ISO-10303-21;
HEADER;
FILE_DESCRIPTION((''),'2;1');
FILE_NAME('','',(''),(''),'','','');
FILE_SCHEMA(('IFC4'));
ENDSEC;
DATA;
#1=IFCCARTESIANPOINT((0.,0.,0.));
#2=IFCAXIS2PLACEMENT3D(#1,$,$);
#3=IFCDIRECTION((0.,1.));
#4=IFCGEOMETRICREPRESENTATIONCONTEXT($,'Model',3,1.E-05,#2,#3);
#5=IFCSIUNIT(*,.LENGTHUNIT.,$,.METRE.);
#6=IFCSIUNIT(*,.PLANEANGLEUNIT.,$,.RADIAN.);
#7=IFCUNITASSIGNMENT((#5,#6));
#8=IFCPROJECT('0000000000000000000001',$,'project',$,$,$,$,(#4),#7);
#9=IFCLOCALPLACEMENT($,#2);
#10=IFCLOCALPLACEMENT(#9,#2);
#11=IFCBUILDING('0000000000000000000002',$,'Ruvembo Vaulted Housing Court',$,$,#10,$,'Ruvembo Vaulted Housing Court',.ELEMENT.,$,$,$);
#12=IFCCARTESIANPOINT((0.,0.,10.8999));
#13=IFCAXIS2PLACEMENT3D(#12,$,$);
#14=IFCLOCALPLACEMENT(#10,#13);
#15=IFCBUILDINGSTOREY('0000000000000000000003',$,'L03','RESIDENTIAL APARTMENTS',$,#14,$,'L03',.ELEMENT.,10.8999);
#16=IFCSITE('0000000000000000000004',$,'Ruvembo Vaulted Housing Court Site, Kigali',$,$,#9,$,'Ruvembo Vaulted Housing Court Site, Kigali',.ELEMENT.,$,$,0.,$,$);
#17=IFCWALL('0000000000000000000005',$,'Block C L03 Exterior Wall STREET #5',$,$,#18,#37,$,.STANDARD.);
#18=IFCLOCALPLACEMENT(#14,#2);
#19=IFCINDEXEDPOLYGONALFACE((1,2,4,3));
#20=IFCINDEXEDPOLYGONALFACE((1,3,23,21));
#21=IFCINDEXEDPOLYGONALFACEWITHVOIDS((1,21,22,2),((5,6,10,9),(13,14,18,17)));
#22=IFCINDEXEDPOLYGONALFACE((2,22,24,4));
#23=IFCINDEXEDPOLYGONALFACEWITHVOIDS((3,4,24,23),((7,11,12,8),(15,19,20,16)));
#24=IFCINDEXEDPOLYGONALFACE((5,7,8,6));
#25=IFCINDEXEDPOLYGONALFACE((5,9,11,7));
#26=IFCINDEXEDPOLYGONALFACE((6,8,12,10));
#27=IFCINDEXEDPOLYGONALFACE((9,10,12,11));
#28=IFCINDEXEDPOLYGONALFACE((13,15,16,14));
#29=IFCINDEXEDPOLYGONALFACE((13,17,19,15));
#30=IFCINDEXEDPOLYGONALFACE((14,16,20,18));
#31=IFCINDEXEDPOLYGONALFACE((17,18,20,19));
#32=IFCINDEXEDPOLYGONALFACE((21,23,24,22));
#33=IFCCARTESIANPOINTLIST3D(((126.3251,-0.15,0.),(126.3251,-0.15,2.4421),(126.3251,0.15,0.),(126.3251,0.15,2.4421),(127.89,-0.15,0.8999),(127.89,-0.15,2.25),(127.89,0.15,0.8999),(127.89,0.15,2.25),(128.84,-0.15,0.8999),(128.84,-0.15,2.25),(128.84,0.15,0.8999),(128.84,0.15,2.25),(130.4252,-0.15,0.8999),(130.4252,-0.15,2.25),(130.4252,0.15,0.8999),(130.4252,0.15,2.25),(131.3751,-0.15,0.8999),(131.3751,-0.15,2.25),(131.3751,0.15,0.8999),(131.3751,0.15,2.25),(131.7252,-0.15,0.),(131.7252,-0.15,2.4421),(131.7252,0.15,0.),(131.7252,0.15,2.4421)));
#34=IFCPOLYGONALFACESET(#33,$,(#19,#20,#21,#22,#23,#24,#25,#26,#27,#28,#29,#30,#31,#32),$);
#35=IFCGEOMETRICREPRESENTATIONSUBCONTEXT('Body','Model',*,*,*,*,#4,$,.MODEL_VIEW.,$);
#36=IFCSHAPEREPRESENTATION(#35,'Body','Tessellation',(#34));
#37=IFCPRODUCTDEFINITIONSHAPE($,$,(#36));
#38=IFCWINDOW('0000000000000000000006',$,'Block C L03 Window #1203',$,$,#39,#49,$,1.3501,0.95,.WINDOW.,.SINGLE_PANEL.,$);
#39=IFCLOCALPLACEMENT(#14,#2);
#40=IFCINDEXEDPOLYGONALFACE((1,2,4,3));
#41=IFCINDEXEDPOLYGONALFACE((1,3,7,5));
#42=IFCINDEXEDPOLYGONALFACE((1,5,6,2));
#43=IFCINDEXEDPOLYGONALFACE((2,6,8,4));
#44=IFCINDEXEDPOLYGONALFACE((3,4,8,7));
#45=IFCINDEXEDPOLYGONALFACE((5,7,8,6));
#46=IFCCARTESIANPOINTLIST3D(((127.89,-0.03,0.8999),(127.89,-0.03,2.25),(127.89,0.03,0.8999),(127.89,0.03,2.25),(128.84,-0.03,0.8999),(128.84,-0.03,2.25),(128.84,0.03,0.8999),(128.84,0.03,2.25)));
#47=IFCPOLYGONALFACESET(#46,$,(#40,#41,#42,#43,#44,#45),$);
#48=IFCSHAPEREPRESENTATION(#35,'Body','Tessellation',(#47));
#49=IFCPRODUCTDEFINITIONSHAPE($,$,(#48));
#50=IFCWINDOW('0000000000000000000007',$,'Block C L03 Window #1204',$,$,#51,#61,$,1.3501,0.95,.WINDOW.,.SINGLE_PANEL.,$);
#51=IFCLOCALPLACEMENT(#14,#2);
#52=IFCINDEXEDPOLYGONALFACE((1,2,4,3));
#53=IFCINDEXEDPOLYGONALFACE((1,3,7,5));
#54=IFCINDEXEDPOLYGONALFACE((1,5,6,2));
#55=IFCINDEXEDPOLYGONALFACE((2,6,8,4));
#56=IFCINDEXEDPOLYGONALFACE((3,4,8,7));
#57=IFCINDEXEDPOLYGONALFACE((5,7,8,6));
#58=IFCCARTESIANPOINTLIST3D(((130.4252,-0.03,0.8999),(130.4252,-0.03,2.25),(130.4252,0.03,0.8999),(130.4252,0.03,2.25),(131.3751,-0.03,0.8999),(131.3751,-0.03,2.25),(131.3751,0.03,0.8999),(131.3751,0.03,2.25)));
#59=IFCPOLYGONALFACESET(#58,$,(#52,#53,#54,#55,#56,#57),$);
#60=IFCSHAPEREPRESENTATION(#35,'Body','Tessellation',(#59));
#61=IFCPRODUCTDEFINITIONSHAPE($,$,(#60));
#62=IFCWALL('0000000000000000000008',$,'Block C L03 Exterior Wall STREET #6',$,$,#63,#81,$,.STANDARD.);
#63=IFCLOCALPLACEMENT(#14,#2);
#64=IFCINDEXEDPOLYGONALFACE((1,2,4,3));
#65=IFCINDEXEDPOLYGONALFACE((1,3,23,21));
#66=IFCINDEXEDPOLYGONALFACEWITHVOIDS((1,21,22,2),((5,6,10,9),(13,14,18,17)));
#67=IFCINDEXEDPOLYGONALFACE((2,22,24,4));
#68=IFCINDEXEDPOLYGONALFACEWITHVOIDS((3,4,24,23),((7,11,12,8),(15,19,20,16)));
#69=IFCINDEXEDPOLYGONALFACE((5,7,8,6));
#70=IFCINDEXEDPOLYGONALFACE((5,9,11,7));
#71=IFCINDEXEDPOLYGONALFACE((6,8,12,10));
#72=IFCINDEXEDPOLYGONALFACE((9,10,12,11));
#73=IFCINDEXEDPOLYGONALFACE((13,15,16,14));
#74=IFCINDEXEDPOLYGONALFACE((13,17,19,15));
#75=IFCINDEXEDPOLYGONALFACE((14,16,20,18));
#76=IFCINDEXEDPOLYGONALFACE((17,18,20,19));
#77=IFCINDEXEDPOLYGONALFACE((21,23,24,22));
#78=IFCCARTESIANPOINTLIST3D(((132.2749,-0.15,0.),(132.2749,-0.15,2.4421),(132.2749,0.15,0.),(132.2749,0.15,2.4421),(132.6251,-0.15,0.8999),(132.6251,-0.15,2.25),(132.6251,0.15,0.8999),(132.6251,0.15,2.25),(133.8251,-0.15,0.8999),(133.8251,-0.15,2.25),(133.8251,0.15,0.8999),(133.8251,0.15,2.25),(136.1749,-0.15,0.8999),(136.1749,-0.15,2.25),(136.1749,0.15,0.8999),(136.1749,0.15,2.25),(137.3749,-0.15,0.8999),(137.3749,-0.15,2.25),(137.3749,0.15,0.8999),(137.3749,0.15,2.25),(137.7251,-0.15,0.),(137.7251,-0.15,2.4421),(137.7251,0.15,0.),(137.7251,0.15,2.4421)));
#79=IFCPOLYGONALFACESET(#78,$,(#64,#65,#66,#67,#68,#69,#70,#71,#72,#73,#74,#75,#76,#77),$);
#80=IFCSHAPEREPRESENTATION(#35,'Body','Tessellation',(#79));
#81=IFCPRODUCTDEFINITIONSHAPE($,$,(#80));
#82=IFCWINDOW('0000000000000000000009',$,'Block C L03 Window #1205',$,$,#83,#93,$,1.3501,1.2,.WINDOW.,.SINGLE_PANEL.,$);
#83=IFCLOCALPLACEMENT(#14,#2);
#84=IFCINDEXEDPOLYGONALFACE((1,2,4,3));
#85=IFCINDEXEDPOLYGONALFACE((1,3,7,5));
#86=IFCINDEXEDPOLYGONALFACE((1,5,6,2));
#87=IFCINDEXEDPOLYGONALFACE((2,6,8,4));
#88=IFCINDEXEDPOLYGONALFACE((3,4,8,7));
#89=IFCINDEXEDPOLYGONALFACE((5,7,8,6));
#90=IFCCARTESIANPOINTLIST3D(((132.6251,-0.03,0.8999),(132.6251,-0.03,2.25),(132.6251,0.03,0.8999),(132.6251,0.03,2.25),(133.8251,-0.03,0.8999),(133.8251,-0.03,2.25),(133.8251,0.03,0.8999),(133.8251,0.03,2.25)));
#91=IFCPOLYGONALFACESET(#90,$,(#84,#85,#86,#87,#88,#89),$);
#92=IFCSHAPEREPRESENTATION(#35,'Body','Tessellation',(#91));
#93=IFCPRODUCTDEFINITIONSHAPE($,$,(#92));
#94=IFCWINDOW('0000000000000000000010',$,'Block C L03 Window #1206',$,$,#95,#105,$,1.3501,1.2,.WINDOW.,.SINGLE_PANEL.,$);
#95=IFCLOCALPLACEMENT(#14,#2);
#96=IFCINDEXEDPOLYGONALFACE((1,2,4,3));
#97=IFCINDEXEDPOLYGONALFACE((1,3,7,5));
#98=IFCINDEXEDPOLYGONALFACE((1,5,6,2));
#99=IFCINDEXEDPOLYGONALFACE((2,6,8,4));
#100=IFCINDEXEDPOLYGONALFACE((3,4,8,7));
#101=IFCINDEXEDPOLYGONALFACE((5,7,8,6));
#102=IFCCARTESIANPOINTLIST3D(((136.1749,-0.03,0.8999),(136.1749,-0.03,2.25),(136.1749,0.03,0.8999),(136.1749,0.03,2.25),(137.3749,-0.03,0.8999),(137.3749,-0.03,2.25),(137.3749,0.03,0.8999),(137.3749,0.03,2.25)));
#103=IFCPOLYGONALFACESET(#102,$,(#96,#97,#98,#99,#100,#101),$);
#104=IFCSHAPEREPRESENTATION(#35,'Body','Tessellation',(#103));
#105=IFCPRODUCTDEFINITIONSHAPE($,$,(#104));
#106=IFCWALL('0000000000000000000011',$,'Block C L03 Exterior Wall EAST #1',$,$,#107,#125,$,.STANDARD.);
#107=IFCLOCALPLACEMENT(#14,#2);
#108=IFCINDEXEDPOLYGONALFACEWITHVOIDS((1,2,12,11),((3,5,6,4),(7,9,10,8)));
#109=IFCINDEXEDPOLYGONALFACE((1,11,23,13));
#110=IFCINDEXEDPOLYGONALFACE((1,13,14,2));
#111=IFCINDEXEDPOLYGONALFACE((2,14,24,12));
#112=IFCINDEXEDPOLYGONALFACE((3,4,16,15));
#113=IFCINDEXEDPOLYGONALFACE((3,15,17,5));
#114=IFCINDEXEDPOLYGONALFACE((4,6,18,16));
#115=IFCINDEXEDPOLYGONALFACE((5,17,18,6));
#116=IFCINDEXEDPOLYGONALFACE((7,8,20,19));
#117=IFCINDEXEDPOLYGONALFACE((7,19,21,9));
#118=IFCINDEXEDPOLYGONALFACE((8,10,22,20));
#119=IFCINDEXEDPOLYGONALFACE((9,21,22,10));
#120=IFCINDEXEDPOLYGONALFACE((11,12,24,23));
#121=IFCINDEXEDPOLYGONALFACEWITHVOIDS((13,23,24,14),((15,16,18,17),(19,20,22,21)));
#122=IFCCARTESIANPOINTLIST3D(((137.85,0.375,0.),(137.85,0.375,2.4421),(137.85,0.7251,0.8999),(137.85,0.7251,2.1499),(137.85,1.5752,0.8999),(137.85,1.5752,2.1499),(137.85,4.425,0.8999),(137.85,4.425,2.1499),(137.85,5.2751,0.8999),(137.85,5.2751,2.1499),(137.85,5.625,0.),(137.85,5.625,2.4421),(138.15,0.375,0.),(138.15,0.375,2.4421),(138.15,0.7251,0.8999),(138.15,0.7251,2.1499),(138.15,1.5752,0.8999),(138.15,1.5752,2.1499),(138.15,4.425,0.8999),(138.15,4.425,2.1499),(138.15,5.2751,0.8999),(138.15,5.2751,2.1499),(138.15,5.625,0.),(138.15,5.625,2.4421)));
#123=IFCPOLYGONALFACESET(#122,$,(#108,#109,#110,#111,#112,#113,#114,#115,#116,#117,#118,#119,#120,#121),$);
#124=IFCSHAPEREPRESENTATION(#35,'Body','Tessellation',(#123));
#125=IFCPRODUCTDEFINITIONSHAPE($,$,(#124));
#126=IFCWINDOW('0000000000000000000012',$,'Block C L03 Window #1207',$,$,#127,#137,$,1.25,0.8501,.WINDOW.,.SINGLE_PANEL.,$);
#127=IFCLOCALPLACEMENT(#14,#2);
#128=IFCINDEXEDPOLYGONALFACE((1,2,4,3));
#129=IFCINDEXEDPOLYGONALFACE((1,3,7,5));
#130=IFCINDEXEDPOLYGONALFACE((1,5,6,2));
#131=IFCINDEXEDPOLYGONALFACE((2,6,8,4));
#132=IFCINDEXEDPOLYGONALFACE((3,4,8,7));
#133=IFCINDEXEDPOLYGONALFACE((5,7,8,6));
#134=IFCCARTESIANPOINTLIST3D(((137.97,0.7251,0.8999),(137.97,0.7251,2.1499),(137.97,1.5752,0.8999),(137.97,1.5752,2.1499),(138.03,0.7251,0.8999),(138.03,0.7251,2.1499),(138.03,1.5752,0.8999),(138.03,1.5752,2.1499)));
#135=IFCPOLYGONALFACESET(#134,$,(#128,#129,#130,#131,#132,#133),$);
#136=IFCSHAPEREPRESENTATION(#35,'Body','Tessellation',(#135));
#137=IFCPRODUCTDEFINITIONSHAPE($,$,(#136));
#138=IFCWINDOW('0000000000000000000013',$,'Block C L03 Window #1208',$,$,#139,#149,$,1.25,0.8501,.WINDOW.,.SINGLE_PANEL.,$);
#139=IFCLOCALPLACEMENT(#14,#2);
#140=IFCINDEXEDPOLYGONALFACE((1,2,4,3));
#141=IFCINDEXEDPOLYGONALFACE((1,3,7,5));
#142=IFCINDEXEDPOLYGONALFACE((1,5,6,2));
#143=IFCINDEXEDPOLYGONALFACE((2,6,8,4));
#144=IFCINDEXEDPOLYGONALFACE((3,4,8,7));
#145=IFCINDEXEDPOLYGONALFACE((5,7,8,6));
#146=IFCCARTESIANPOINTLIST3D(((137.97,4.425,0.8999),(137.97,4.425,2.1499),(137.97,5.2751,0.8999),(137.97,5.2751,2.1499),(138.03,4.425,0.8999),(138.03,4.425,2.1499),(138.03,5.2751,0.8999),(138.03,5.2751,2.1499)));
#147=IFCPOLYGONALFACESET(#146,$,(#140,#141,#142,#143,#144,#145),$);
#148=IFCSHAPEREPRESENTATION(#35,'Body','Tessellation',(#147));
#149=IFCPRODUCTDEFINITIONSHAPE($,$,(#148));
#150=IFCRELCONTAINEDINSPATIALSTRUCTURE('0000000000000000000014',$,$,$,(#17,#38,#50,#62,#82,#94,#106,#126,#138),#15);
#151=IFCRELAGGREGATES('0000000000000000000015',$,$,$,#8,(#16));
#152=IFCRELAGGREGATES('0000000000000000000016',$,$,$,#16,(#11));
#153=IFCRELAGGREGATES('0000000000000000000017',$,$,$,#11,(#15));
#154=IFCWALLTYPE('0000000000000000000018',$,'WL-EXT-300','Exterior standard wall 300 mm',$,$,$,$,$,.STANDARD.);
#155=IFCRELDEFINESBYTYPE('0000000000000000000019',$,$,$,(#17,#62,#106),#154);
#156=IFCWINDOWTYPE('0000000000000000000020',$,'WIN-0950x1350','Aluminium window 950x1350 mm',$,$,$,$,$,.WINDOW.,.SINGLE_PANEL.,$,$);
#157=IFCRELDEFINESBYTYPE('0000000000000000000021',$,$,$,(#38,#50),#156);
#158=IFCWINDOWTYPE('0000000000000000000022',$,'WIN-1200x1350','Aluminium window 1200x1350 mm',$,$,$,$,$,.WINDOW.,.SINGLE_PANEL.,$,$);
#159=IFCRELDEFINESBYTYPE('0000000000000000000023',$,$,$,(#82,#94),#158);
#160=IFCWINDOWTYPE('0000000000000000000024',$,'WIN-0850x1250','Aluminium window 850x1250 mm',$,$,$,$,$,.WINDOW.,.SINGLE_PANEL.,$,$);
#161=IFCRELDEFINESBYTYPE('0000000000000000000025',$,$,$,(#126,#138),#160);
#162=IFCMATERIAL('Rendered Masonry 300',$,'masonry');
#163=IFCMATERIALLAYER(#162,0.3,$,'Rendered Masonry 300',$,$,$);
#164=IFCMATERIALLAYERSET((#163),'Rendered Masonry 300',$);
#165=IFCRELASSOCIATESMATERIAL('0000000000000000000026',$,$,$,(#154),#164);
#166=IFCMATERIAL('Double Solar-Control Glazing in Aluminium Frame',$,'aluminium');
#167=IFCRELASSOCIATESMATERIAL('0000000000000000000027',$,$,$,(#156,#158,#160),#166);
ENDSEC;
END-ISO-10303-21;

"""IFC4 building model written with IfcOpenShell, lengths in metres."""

from ifc_helpers import new_model, si_unit, direction, frame, frame_2d, origin, place, context, subcontext, project, spatial, rectangle, extrude, material, layer, layer_set, type_object, element, fill, save


model = new_model("IFC4")

# Units and contexts
model_context = context("Model", 3, precision=1e-05, world=origin(), true_north=direction((0.0, 1.0)))
body_context = subcontext(model_context, "Body", "Model", "MODEL_VIEW")
ifc_project = project(units=[si_unit("LENGTHUNIT", "METRE"), si_unit("PLANEANGLEUNIT", "RADIAN")], contexts=[model_context])

# Site, building, storey
site_placement = place(None, origin())
site = spatial("IfcSite", under=ifc_project, at=site_placement, Name="Ruvembo Vaulted Housing Court Site, Kigali", LongName="Ruvembo Vaulted Housing Court Site, Kigali", CompositionType="ELEMENT", RefElevation=0.0)
building_placement = place(site_placement, origin())
building = spatial("IfcBuilding", under=site, at=building_placement, Name="Ruvembo Vaulted Housing Court", LongName="Ruvembo Vaulted Housing Court", CompositionType="ELEMENT")
storey_placement = place(building_placement, frame((0.0, 0.0, 10.8999)))
storey = spatial("IfcBuildingStorey", under=building, at=storey_placement, Name="L03", Description="RESIDENTIAL APARTMENTS", LongName="L03", CompositionType="ELEMENT", Elevation=10.8999)

# Walls, openings, windows
ifc_material_1 = material(Name="Rendered Masonry 300", Category="masonry")
ifc_layer_1 = layer(ifc_material_1, 0.3, Name="Rendered Masonry 300")
ifc_layer_set_1 = layer_set([ifc_layer_1], Name="Rendered Masonry 300")
wall_type_1 = type_object("IfcWallType", Name="WL-EXT-300", Description="Exterior standard wall 300 mm", PredefinedType="STANDARD", material=ifc_layer_set_1)
wall_1_placement = place(storey_placement, frame((126.325, 0.0, 0.0), z_axis=(0.0, 0.0, 1.0), x_axis=(1.0, 0.0, 0.0)))
wall_1 = element("IfcWall", 1, at=wall_1_placement, inside=storey, type_object=wall_type_1, Name="Block C L03 Exterior Wall STREET #5", PredefinedType="STANDARD", context=body_context, shape_type="SweptSolid", body=[
    extrude(rectangle(XDim=5.4001, YDim=0.3, at=frame_2d((2.7002, 0.0))), origin(), (0.0, 0.0, 1.0), 2.4421),
])
opening_1_placement = place(wall_1_placement, frame((1.5649, 0.0, 0.8999)))
opening_1 = element("IfcOpeningElement", 2, at=opening_1_placement, cuts=wall_1, PredefinedType="OPENING", context=body_context, shape_type="SweptSolid", body=[
    extrude(rectangle(XDim=0.95, YDim=1.3501, at=frame_2d((0.4751, 0.675))), frame((0.0, 0.1599, 0.0), z_axis=(0.0, -1.0, 0.0), x_axis=(1.0, 0.0, 0.0)), (0.0, 0.0, 1.0), 0.3201),
])
opening_2_placement = place(wall_1_placement, frame((4.1001, 0.0, 0.8999)))
opening_2 = element("IfcOpeningElement", 3, at=opening_2_placement, cuts=wall_1, PredefinedType="OPENING", context=body_context, shape_type="SweptSolid", body=[
    extrude(rectangle(XDim=0.95, YDim=1.3501, at=frame_2d((0.4751, 0.675))), frame((0.0, 0.1599, 0.0), z_axis=(0.0, -1.0, 0.0), x_axis=(1.0, 0.0, 0.0)), (0.0, 0.0, 1.0), 0.3201),
])
ifc_material_2 = material(Name="Double Solar-Control Glazing in Aluminium Frame", Category="aluminium")
window_type_1 = type_object("IfcWindowType", Name="WIN-0950x1350", Description="Aluminium window 950x1350 mm", PartitioningType="SINGLE_PANEL", PredefinedType="WINDOW", material=ifc_material_2)
window_1_placement = place(opening_1_placement, origin())
window_1 = element("IfcWindow", 4, at=window_1_placement, inside=storey, type_object=window_type_1, Name="Block C L03 Window #1203", OverallHeight=1.3501, OverallWidth=0.95, PartitioningType="SINGLE_PANEL", PredefinedType="WINDOW", context=body_context, shape_type="SweptSolid", body=[
    extrude(rectangle(XDim=0.95, YDim=1.3501, at=frame_2d((0.4751, 0.675))), frame((0.0, 0.03, 0.0), z_axis=(0.0, -1.0, 0.0), x_axis=(1.0, 0.0, 0.0)), (0.0, 0.0, 1.0), 0.0601),
])
fill(opening_1, window_1)
window_2_placement = place(opening_2_placement, origin())
window_2 = element("IfcWindow", 5, at=window_2_placement, inside=storey, type_object=window_type_1, Name="Block C L03 Window #1204", OverallHeight=1.3501, OverallWidth=0.95, PartitioningType="SINGLE_PANEL", PredefinedType="WINDOW", context=body_context, shape_type="SweptSolid", body=[
    extrude(rectangle(XDim=0.95, YDim=1.3501, at=frame_2d((0.4751, 0.675))), frame((0.0, 0.03, 0.0), z_axis=(0.0, -1.0, 0.0), x_axis=(1.0, 0.0, 0.0)), (0.0, 0.0, 1.0), 0.0601),
])
fill(opening_2, window_2)
wall_2_placement = place(storey_placement, frame((132.2749, 0.0, 0.0), z_axis=(0.0, 0.0, 1.0), x_axis=(1.0, 0.0, 0.0)))
wall_2 = element("IfcWall", 6, at=wall_2_placement, inside=storey, type_object=wall_type_1, Name="Block C L03 Exterior Wall STREET #6", PredefinedType="STANDARD", context=body_context, shape_type="SweptSolid", body=[
    extrude(rectangle(XDim=5.4502, YDim=0.3, at=frame_2d((2.7251, 0.0))), origin(), (0.0, 0.0, 1.0), 2.4421),
])
opening_3_placement = place(wall_2_placement, frame((0.3501, 0.0, 0.8999)))
opening_3 = element("IfcOpeningElement", 7, at=opening_3_placement, cuts=wall_2, PredefinedType="OPENING", context=body_context, shape_type="SweptSolid", body=[
    extrude(rectangle(XDim=1.2, YDim=1.3501, at=frame_2d((0.6001, 0.675))), frame((0.0, 0.1599, 0.0), z_axis=(0.0, -1.0, 0.0), x_axis=(1.0, 0.0, 0.0)), (0.0, 0.0, 1.0), 0.3201),
])
opening_4_placement = place(wall_2_placement, frame((3.8999, 0.0, 0.8999)))
opening_4 = element("IfcOpeningElement", 8, at=opening_4_placement, cuts=wall_2, PredefinedType="OPENING", context=body_context, shape_type="SweptSolid", body=[
    extrude(rectangle(XDim=1.2, YDim=1.3501, at=frame_2d((0.6001, 0.675))), frame((0.0, 0.1599, 0.0), z_axis=(0.0, -1.0, 0.0), x_axis=(1.0, 0.0, 0.0)), (0.0, 0.0, 1.0), 0.3201),
])
window_type_2 = type_object("IfcWindowType", Name="WIN-1200x1350", Description="Aluminium window 1200x1350 mm", PartitioningType="SINGLE_PANEL", PredefinedType="WINDOW", material=ifc_material_2)
window_3_placement = place(opening_3_placement, origin())
window_3 = element("IfcWindow", 9, at=window_3_placement, inside=storey, type_object=window_type_2, Name="Block C L03 Window #1205", OverallHeight=1.3501, OverallWidth=1.2, PartitioningType="SINGLE_PANEL", PredefinedType="WINDOW", context=body_context, shape_type="SweptSolid", body=[
    extrude(rectangle(XDim=1.2, YDim=1.3501, at=frame_2d((0.6001, 0.675))), frame((0.0, 0.03, 0.0), z_axis=(0.0, -1.0, 0.0), x_axis=(1.0, 0.0, 0.0)), (0.0, 0.0, 1.0), 0.0601),
])
fill(opening_3, window_3)
window_4_placement = place(opening_4_placement, origin())
window_4 = element("IfcWindow", 10, at=window_4_placement, inside=storey, type_object=window_type_2, Name="Block C L03 Window #1206", OverallHeight=1.3501, OverallWidth=1.2, PartitioningType="SINGLE_PANEL", PredefinedType="WINDOW", context=body_context, shape_type="SweptSolid", body=[
    extrude(rectangle(XDim=1.2, YDim=1.3501, at=frame_2d((0.6001, 0.675))), frame((0.0, 0.03, 0.0), z_axis=(0.0, -1.0, 0.0), x_axis=(1.0, 0.0, 0.0)), (0.0, 0.0, 1.0), 0.0601),
])
fill(opening_4, window_4)
wall_3_placement = place(storey_placement, frame((138.0, 0.375, 0.0), z_axis=(0.0, 0.0, 1.0), x_axis=(0.0, 1.0, 0.0)))
wall_3 = element("IfcWall", 11, at=wall_3_placement, inside=storey, type_object=wall_type_1, Name="Block C L03 Exterior Wall EAST #1", PredefinedType="STANDARD", context=body_context, shape_type="SweptSolid", body=[
    extrude(rectangle(XDim=5.25, YDim=0.3, at=frame_2d((2.625, 0.0))), origin(), (0.0, 0.0, 1.0), 2.4421),
])
opening_5_placement = place(wall_3_placement, frame((0.3501, 0.0, 0.8999)))
opening_5 = element("IfcOpeningElement", 12, at=opening_5_placement, cuts=wall_3, PredefinedType="OPENING", context=body_context, shape_type="SweptSolid", body=[
    extrude(rectangle(XDim=0.8501, YDim=1.25, at=frame_2d((0.425, 0.625))), frame((0.0, 0.1599, 0.0), z_axis=(0.0, -1.0, 0.0), x_axis=(1.0, 0.0, 0.0)), (0.0, 0.0, 1.0), 0.3201),
])
opening_6_placement = place(wall_3_placement, frame((4.05, 0.0, 0.8999)))
opening_6 = element("IfcOpeningElement", 13, at=opening_6_placement, cuts=wall_3, PredefinedType="OPENING", context=body_context, shape_type="SweptSolid", body=[
    extrude(rectangle(XDim=0.8501, YDim=1.25, at=frame_2d((0.425, 0.625))), frame((0.0, 0.1599, 0.0), z_axis=(0.0, -1.0, 0.0), x_axis=(1.0, 0.0, 0.0)), (0.0, 0.0, 1.0), 0.3201),
])
window_type_3 = type_object("IfcWindowType", Name="WIN-0850x1250", Description="Aluminium window 850x1250 mm", PartitioningType="SINGLE_PANEL", PredefinedType="WINDOW", material=ifc_material_2)
window_5_placement = place(opening_5_placement, origin())
window_5 = element("IfcWindow", 14, at=window_5_placement, inside=storey, type_object=window_type_3, Name="Block C L03 Window #1207", OverallHeight=1.25, OverallWidth=0.8501, PartitioningType="SINGLE_PANEL", PredefinedType="WINDOW", context=body_context, shape_type="SweptSolid", body=[
    extrude(rectangle(XDim=0.8501, YDim=1.25, at=frame_2d((0.425, 0.625))), frame((0.0, 0.03, 0.0), z_axis=(0.0, -1.0, 0.0), x_axis=(1.0, 0.0, 0.0)), (0.0, 0.0, 1.0), 0.0601),
])
fill(opening_5, window_5)
window_6_placement = place(opening_6_placement, origin())
window_6 = element("IfcWindow", 15, at=window_6_placement, inside=storey, type_object=window_type_3, Name="Block C L03 Window #1208", OverallHeight=1.25, OverallWidth=0.8501, PartitioningType="SINGLE_PANEL", PredefinedType="WINDOW", context=body_context, shape_type="SweptSolid", body=[
    extrude(rectangle(XDim=0.8501, YDim=1.25, at=frame_2d((0.425, 0.625))), frame((0.0, 0.03, 0.0), z_axis=(0.0, -1.0, 0.0), x_axis=(1.0, 0.0, 0.0)), (0.0, 0.0, 1.0), 0.0601),
])
fill(opening_6, window_6)

save(model, "model.ifc")
